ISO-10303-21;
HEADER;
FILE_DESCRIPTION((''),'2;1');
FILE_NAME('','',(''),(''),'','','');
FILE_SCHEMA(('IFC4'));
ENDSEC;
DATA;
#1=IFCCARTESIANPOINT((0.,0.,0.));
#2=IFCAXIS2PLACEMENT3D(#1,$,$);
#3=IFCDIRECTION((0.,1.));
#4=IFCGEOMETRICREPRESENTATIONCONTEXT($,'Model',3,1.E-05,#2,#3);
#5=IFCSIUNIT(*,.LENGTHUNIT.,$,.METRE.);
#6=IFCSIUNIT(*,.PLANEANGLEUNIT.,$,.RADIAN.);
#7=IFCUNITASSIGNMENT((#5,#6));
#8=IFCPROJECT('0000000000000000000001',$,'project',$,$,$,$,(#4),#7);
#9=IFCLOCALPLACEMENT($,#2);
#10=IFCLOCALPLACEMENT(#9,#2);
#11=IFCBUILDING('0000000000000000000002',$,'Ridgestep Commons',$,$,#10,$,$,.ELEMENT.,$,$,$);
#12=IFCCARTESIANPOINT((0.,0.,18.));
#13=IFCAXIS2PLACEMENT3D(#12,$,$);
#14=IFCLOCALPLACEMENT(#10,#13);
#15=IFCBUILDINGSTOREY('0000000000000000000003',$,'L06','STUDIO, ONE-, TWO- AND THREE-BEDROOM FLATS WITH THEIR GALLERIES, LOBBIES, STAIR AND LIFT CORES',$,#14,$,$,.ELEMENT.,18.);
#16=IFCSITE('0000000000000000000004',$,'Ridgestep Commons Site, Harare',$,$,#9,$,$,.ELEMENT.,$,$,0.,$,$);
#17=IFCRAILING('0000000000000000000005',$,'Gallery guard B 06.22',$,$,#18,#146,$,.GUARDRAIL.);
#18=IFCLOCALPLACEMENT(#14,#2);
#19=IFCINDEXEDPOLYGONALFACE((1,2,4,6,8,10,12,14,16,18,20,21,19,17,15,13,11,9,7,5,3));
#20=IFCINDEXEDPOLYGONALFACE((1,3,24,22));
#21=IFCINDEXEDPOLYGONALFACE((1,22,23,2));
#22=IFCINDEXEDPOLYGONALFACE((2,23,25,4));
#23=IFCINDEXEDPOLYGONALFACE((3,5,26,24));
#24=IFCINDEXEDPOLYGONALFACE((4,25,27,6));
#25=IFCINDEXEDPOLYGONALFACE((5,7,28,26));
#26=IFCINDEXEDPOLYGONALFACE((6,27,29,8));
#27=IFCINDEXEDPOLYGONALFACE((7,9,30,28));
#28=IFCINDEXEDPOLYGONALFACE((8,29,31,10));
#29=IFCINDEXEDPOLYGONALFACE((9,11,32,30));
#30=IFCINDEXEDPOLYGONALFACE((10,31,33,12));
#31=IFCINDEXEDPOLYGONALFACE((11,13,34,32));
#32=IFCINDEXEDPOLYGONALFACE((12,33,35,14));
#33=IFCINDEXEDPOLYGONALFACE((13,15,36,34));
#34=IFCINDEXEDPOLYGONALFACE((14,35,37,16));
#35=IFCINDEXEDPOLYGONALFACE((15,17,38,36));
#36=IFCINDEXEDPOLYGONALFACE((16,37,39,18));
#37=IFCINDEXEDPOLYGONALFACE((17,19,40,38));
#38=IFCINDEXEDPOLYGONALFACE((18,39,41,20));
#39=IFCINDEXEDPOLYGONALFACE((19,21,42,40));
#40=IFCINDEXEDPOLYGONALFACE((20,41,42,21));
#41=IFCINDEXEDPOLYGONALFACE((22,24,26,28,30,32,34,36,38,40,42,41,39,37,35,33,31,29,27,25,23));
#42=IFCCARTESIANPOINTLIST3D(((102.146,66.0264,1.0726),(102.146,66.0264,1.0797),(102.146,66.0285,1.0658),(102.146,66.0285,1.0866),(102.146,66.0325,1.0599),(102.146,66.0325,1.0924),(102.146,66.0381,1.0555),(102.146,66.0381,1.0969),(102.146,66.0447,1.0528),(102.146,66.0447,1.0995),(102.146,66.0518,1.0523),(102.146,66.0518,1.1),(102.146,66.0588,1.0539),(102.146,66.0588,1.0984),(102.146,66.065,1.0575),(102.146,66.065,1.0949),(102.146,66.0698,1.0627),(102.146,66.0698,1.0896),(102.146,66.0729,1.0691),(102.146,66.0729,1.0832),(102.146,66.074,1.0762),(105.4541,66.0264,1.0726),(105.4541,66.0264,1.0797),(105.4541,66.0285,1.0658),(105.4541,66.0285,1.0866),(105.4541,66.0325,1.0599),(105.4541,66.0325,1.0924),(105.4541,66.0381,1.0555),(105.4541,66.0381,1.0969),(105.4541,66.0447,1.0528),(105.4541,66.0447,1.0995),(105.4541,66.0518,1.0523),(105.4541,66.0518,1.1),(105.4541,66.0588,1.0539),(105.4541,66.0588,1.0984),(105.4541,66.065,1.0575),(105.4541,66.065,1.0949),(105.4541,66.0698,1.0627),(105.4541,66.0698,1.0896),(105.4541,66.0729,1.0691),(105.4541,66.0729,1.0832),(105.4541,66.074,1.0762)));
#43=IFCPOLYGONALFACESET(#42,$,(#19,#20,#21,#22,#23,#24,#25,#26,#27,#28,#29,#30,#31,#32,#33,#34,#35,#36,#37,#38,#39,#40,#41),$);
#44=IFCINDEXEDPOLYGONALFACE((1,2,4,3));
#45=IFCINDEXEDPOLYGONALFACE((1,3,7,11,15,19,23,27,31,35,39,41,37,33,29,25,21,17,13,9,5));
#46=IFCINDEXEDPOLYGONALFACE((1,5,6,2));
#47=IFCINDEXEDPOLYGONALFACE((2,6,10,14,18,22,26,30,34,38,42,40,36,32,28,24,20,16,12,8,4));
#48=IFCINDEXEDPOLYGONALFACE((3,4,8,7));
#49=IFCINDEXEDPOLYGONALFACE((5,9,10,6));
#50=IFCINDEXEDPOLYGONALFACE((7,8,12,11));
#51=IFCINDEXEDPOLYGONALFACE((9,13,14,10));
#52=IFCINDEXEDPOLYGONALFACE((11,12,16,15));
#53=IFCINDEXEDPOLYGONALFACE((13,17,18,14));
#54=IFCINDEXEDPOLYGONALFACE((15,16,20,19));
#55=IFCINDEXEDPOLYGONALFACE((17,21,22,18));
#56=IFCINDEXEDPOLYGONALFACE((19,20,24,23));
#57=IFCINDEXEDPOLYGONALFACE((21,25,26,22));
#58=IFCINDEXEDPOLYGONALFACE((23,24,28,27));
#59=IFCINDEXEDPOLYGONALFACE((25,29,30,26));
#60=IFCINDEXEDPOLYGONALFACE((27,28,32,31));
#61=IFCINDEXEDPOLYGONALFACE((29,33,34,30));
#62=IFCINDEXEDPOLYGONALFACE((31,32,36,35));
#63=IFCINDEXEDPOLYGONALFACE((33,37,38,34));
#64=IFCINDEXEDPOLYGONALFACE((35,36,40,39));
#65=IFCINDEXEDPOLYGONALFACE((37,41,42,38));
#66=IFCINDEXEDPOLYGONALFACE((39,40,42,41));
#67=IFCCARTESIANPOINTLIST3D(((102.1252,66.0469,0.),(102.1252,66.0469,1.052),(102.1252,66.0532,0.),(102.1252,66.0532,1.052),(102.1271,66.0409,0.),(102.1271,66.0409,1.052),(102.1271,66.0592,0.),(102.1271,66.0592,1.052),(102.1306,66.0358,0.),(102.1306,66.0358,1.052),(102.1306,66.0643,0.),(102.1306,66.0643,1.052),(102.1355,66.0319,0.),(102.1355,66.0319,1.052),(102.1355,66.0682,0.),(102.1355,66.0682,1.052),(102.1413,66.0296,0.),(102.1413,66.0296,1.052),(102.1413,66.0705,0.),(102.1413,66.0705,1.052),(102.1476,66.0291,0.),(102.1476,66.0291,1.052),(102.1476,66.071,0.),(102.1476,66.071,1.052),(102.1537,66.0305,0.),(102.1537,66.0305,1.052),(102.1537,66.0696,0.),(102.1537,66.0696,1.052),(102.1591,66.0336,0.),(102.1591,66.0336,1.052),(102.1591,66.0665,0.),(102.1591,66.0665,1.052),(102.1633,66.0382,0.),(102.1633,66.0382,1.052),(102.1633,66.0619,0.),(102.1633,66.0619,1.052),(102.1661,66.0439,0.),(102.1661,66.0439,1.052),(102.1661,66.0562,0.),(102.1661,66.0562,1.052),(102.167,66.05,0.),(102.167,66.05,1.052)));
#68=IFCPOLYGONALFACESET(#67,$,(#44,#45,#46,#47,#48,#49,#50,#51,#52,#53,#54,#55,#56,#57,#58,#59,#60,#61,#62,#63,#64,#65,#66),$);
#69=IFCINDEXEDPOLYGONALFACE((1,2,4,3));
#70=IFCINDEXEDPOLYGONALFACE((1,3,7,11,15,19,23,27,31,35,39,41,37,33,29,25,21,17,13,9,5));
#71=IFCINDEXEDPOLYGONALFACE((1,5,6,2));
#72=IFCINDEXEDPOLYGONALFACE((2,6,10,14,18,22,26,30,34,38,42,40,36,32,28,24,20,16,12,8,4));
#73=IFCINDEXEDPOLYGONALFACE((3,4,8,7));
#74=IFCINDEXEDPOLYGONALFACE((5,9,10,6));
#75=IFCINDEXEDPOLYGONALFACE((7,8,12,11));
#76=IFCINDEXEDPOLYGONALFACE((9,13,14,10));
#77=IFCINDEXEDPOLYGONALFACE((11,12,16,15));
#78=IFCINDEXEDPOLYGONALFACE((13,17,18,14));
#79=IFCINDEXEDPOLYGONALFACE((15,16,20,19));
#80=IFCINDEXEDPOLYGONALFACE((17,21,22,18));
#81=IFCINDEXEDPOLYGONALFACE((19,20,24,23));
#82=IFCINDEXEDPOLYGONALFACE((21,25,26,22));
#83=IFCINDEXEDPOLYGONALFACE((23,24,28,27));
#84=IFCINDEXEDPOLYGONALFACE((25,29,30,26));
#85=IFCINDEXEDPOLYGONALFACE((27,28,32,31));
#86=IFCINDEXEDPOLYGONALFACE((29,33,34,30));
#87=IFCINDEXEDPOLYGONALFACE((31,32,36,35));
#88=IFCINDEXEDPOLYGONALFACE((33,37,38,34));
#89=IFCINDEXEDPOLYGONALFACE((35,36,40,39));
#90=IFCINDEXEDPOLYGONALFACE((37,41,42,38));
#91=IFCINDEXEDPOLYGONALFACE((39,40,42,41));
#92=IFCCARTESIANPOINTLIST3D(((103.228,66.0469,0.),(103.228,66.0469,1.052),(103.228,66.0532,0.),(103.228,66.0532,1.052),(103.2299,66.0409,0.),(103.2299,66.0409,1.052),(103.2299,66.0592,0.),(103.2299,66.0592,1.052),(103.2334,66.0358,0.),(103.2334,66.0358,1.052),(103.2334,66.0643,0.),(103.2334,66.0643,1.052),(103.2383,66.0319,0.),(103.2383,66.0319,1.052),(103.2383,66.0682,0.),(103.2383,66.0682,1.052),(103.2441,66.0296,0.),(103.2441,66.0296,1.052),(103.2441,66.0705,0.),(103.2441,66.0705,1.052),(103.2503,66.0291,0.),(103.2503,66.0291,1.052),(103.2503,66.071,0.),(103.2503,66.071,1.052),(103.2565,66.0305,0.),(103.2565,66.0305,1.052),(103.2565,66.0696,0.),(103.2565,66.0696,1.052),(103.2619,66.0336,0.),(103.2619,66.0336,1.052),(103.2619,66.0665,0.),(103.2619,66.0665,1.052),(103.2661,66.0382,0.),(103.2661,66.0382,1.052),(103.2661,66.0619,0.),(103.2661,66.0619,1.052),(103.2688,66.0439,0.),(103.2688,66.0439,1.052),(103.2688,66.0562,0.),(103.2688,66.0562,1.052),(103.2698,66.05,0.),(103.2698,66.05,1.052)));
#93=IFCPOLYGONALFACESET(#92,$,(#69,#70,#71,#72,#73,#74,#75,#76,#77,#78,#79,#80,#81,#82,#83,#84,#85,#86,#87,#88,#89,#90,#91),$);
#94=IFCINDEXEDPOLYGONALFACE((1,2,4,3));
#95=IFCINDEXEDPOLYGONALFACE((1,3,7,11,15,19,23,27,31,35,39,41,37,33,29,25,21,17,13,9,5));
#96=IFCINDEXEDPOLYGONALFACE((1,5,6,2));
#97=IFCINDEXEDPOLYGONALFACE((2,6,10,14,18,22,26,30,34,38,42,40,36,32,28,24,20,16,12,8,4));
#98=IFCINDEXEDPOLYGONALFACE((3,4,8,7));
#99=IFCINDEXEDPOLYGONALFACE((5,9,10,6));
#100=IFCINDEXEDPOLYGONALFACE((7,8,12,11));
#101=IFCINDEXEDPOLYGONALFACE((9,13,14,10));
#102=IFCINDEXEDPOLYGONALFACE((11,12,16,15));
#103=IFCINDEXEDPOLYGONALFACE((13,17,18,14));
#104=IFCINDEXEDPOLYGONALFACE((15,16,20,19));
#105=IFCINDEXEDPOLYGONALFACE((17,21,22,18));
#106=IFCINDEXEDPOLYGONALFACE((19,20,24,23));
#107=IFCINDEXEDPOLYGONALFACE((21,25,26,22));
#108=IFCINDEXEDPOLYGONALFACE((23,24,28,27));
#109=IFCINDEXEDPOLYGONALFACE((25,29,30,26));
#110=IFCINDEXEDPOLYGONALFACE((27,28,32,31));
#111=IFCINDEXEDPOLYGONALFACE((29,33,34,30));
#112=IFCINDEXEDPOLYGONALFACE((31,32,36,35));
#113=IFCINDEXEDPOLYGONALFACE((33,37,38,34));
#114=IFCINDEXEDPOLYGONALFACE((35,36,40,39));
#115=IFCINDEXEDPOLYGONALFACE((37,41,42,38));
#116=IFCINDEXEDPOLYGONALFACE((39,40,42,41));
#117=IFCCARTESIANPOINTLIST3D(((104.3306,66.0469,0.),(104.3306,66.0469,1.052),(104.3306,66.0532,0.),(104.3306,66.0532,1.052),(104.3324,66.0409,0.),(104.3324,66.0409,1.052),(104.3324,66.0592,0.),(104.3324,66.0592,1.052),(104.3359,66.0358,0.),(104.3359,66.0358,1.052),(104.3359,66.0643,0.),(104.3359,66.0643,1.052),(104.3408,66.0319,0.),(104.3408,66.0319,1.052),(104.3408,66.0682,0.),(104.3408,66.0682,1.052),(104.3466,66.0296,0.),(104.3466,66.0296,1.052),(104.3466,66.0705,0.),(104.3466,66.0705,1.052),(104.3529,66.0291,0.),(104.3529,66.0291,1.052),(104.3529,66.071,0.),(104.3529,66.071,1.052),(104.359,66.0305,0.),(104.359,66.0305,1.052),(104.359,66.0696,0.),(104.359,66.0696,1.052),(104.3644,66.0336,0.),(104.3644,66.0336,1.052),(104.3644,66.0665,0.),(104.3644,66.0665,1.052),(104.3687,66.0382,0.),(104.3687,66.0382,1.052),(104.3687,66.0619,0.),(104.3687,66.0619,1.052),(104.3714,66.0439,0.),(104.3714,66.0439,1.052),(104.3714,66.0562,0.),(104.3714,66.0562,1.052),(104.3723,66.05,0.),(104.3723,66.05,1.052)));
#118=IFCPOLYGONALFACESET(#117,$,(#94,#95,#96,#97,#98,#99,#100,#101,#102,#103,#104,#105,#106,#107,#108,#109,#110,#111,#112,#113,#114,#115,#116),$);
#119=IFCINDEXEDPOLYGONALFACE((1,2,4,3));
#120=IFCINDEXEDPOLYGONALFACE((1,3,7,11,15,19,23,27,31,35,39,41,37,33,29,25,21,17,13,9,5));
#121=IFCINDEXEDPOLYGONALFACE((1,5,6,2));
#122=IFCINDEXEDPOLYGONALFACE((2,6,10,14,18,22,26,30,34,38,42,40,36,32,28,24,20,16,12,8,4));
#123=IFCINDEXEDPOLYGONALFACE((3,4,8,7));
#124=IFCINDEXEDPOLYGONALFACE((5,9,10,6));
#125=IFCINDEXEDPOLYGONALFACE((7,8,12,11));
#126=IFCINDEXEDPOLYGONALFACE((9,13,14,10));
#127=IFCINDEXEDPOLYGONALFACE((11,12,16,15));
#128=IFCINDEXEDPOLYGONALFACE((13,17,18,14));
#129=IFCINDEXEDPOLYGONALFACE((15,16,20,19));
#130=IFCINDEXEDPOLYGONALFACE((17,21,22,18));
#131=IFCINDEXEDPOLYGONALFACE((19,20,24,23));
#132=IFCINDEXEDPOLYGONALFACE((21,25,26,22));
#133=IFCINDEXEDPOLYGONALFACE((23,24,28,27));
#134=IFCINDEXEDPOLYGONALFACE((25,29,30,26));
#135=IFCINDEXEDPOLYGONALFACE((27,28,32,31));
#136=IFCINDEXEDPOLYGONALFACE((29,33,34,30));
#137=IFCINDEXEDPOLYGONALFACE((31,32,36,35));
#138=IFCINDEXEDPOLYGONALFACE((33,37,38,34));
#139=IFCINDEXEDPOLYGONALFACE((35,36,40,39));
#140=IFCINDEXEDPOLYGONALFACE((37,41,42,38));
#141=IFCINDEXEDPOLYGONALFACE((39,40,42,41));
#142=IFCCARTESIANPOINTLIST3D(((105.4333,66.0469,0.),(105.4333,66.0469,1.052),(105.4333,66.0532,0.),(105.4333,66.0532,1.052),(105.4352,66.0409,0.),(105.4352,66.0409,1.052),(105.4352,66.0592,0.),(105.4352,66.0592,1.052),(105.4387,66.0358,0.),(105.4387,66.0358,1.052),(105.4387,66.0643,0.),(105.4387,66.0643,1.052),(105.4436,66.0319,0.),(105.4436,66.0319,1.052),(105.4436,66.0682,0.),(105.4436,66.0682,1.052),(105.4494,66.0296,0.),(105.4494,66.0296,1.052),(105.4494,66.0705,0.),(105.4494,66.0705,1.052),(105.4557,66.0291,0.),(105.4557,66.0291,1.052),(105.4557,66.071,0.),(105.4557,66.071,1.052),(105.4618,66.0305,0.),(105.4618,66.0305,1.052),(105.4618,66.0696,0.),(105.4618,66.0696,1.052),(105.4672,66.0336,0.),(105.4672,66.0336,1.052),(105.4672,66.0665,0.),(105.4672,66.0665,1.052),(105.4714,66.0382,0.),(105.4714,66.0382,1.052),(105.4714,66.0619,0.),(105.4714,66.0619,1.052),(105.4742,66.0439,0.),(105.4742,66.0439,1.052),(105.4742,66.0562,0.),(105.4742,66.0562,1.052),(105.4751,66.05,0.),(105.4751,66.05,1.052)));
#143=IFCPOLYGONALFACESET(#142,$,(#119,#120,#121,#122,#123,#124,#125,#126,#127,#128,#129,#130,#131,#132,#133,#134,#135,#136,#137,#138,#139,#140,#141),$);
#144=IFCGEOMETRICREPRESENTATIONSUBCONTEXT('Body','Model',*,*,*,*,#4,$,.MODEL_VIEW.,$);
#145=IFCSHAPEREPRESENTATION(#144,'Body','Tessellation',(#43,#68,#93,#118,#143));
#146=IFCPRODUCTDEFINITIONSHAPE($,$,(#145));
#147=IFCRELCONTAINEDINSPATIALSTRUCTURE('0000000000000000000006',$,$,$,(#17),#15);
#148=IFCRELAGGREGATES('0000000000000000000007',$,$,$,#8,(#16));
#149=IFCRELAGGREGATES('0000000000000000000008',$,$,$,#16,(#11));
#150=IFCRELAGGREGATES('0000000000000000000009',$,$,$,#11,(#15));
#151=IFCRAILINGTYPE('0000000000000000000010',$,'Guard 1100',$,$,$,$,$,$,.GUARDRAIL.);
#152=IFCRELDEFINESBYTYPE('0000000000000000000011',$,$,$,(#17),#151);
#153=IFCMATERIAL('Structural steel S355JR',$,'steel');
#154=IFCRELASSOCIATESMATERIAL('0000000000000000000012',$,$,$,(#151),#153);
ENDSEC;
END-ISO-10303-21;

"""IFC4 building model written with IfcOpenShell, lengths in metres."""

from ifc_helpers import new_model, si_unit, direction, frame, origin, origin_2d, place, context, subcontext, project, spatial, circle, extrude, material, type_object, element, save


model = new_model("IFC4")

# Units and contexts
model_context = context("Model", 3, precision=1e-05, world=origin(), true_north=direction((0.0, 1.0)))
body_context = subcontext(model_context, "Body", "Model", "MODEL_VIEW")
ifc_project = project(units=[si_unit("LENGTHUNIT", "METRE"), si_unit("PLANEANGLEUNIT", "RADIAN")], contexts=[model_context])

# Site, building, storey
site_placement = place(None, origin())
site = spatial("IfcSite", under=ifc_project, at=site_placement, Name="Ridgestep Commons Site, Harare", CompositionType="ELEMENT", RefElevation=0.0)
building_placement = place(site_placement, origin())
building = spatial("IfcBuilding", under=site, at=building_placement, Name="Ridgestep Commons", CompositionType="ELEMENT")
storey_placement = place(building_placement, frame((0.0, 0.0, 18.0)))
storey = spatial("IfcBuildingStorey", under=building, at=storey_placement, Name="L06", Description="STUDIO, ONE-, TWO- AND THREE-BEDROOM FLATS WITH THEIR GALLERIES, LOBBIES, STAIR AND LIFT CORES", CompositionType="ELEMENT", Elevation=18.0)

# Railing
ifc_material_1 = material(Name="Structural steel S355JR", Category="steel")
railing_type = type_object("IfcRailingType", Name="Guard 1100", PredefinedType="GUARDRAIL", material=ifc_material_1)
railing_1_placement = place(storey_placement, frame((102.146, 66.05, 0.0)))
element("IfcRailing", 1, at=railing_1_placement, inside=storey, type_object=railing_type, Name="Gallery guard B 06.22", PredefinedType="GUARDRAIL", context=body_context, shape_type="SweptSolid", body=[
    extrude(circle(Radius=0.0239, at=origin_2d()), frame((0.0, 0.0, 1.0762), z_axis=(1.0, 0.0, 0.0), x_axis=(0.0, 1.0, 0.0)), (0.0, 0.0, 1.0), 3.3081),
    extrude(circle(Radius=0.021, at=origin_2d()), origin(), (0.0, 0.0, 1.0), 1.052),
    extrude(circle(Radius=0.021, at=origin_2d()), frame((1.1028, 0.0, 0.0)), (0.0, 0.0, 1.0), 1.052),
    extrude(circle(Radius=0.021, at=origin_2d()), frame((2.2053, 0.0, 0.0)), (0.0, 0.0, 1.0), 1.052),
    extrude(circle(Radius=0.021, at=origin_2d()), frame((3.3081, 0.0, 0.0)), (0.0, 0.0, 1.0), 1.052),
])

save(model, "model.ifc")
